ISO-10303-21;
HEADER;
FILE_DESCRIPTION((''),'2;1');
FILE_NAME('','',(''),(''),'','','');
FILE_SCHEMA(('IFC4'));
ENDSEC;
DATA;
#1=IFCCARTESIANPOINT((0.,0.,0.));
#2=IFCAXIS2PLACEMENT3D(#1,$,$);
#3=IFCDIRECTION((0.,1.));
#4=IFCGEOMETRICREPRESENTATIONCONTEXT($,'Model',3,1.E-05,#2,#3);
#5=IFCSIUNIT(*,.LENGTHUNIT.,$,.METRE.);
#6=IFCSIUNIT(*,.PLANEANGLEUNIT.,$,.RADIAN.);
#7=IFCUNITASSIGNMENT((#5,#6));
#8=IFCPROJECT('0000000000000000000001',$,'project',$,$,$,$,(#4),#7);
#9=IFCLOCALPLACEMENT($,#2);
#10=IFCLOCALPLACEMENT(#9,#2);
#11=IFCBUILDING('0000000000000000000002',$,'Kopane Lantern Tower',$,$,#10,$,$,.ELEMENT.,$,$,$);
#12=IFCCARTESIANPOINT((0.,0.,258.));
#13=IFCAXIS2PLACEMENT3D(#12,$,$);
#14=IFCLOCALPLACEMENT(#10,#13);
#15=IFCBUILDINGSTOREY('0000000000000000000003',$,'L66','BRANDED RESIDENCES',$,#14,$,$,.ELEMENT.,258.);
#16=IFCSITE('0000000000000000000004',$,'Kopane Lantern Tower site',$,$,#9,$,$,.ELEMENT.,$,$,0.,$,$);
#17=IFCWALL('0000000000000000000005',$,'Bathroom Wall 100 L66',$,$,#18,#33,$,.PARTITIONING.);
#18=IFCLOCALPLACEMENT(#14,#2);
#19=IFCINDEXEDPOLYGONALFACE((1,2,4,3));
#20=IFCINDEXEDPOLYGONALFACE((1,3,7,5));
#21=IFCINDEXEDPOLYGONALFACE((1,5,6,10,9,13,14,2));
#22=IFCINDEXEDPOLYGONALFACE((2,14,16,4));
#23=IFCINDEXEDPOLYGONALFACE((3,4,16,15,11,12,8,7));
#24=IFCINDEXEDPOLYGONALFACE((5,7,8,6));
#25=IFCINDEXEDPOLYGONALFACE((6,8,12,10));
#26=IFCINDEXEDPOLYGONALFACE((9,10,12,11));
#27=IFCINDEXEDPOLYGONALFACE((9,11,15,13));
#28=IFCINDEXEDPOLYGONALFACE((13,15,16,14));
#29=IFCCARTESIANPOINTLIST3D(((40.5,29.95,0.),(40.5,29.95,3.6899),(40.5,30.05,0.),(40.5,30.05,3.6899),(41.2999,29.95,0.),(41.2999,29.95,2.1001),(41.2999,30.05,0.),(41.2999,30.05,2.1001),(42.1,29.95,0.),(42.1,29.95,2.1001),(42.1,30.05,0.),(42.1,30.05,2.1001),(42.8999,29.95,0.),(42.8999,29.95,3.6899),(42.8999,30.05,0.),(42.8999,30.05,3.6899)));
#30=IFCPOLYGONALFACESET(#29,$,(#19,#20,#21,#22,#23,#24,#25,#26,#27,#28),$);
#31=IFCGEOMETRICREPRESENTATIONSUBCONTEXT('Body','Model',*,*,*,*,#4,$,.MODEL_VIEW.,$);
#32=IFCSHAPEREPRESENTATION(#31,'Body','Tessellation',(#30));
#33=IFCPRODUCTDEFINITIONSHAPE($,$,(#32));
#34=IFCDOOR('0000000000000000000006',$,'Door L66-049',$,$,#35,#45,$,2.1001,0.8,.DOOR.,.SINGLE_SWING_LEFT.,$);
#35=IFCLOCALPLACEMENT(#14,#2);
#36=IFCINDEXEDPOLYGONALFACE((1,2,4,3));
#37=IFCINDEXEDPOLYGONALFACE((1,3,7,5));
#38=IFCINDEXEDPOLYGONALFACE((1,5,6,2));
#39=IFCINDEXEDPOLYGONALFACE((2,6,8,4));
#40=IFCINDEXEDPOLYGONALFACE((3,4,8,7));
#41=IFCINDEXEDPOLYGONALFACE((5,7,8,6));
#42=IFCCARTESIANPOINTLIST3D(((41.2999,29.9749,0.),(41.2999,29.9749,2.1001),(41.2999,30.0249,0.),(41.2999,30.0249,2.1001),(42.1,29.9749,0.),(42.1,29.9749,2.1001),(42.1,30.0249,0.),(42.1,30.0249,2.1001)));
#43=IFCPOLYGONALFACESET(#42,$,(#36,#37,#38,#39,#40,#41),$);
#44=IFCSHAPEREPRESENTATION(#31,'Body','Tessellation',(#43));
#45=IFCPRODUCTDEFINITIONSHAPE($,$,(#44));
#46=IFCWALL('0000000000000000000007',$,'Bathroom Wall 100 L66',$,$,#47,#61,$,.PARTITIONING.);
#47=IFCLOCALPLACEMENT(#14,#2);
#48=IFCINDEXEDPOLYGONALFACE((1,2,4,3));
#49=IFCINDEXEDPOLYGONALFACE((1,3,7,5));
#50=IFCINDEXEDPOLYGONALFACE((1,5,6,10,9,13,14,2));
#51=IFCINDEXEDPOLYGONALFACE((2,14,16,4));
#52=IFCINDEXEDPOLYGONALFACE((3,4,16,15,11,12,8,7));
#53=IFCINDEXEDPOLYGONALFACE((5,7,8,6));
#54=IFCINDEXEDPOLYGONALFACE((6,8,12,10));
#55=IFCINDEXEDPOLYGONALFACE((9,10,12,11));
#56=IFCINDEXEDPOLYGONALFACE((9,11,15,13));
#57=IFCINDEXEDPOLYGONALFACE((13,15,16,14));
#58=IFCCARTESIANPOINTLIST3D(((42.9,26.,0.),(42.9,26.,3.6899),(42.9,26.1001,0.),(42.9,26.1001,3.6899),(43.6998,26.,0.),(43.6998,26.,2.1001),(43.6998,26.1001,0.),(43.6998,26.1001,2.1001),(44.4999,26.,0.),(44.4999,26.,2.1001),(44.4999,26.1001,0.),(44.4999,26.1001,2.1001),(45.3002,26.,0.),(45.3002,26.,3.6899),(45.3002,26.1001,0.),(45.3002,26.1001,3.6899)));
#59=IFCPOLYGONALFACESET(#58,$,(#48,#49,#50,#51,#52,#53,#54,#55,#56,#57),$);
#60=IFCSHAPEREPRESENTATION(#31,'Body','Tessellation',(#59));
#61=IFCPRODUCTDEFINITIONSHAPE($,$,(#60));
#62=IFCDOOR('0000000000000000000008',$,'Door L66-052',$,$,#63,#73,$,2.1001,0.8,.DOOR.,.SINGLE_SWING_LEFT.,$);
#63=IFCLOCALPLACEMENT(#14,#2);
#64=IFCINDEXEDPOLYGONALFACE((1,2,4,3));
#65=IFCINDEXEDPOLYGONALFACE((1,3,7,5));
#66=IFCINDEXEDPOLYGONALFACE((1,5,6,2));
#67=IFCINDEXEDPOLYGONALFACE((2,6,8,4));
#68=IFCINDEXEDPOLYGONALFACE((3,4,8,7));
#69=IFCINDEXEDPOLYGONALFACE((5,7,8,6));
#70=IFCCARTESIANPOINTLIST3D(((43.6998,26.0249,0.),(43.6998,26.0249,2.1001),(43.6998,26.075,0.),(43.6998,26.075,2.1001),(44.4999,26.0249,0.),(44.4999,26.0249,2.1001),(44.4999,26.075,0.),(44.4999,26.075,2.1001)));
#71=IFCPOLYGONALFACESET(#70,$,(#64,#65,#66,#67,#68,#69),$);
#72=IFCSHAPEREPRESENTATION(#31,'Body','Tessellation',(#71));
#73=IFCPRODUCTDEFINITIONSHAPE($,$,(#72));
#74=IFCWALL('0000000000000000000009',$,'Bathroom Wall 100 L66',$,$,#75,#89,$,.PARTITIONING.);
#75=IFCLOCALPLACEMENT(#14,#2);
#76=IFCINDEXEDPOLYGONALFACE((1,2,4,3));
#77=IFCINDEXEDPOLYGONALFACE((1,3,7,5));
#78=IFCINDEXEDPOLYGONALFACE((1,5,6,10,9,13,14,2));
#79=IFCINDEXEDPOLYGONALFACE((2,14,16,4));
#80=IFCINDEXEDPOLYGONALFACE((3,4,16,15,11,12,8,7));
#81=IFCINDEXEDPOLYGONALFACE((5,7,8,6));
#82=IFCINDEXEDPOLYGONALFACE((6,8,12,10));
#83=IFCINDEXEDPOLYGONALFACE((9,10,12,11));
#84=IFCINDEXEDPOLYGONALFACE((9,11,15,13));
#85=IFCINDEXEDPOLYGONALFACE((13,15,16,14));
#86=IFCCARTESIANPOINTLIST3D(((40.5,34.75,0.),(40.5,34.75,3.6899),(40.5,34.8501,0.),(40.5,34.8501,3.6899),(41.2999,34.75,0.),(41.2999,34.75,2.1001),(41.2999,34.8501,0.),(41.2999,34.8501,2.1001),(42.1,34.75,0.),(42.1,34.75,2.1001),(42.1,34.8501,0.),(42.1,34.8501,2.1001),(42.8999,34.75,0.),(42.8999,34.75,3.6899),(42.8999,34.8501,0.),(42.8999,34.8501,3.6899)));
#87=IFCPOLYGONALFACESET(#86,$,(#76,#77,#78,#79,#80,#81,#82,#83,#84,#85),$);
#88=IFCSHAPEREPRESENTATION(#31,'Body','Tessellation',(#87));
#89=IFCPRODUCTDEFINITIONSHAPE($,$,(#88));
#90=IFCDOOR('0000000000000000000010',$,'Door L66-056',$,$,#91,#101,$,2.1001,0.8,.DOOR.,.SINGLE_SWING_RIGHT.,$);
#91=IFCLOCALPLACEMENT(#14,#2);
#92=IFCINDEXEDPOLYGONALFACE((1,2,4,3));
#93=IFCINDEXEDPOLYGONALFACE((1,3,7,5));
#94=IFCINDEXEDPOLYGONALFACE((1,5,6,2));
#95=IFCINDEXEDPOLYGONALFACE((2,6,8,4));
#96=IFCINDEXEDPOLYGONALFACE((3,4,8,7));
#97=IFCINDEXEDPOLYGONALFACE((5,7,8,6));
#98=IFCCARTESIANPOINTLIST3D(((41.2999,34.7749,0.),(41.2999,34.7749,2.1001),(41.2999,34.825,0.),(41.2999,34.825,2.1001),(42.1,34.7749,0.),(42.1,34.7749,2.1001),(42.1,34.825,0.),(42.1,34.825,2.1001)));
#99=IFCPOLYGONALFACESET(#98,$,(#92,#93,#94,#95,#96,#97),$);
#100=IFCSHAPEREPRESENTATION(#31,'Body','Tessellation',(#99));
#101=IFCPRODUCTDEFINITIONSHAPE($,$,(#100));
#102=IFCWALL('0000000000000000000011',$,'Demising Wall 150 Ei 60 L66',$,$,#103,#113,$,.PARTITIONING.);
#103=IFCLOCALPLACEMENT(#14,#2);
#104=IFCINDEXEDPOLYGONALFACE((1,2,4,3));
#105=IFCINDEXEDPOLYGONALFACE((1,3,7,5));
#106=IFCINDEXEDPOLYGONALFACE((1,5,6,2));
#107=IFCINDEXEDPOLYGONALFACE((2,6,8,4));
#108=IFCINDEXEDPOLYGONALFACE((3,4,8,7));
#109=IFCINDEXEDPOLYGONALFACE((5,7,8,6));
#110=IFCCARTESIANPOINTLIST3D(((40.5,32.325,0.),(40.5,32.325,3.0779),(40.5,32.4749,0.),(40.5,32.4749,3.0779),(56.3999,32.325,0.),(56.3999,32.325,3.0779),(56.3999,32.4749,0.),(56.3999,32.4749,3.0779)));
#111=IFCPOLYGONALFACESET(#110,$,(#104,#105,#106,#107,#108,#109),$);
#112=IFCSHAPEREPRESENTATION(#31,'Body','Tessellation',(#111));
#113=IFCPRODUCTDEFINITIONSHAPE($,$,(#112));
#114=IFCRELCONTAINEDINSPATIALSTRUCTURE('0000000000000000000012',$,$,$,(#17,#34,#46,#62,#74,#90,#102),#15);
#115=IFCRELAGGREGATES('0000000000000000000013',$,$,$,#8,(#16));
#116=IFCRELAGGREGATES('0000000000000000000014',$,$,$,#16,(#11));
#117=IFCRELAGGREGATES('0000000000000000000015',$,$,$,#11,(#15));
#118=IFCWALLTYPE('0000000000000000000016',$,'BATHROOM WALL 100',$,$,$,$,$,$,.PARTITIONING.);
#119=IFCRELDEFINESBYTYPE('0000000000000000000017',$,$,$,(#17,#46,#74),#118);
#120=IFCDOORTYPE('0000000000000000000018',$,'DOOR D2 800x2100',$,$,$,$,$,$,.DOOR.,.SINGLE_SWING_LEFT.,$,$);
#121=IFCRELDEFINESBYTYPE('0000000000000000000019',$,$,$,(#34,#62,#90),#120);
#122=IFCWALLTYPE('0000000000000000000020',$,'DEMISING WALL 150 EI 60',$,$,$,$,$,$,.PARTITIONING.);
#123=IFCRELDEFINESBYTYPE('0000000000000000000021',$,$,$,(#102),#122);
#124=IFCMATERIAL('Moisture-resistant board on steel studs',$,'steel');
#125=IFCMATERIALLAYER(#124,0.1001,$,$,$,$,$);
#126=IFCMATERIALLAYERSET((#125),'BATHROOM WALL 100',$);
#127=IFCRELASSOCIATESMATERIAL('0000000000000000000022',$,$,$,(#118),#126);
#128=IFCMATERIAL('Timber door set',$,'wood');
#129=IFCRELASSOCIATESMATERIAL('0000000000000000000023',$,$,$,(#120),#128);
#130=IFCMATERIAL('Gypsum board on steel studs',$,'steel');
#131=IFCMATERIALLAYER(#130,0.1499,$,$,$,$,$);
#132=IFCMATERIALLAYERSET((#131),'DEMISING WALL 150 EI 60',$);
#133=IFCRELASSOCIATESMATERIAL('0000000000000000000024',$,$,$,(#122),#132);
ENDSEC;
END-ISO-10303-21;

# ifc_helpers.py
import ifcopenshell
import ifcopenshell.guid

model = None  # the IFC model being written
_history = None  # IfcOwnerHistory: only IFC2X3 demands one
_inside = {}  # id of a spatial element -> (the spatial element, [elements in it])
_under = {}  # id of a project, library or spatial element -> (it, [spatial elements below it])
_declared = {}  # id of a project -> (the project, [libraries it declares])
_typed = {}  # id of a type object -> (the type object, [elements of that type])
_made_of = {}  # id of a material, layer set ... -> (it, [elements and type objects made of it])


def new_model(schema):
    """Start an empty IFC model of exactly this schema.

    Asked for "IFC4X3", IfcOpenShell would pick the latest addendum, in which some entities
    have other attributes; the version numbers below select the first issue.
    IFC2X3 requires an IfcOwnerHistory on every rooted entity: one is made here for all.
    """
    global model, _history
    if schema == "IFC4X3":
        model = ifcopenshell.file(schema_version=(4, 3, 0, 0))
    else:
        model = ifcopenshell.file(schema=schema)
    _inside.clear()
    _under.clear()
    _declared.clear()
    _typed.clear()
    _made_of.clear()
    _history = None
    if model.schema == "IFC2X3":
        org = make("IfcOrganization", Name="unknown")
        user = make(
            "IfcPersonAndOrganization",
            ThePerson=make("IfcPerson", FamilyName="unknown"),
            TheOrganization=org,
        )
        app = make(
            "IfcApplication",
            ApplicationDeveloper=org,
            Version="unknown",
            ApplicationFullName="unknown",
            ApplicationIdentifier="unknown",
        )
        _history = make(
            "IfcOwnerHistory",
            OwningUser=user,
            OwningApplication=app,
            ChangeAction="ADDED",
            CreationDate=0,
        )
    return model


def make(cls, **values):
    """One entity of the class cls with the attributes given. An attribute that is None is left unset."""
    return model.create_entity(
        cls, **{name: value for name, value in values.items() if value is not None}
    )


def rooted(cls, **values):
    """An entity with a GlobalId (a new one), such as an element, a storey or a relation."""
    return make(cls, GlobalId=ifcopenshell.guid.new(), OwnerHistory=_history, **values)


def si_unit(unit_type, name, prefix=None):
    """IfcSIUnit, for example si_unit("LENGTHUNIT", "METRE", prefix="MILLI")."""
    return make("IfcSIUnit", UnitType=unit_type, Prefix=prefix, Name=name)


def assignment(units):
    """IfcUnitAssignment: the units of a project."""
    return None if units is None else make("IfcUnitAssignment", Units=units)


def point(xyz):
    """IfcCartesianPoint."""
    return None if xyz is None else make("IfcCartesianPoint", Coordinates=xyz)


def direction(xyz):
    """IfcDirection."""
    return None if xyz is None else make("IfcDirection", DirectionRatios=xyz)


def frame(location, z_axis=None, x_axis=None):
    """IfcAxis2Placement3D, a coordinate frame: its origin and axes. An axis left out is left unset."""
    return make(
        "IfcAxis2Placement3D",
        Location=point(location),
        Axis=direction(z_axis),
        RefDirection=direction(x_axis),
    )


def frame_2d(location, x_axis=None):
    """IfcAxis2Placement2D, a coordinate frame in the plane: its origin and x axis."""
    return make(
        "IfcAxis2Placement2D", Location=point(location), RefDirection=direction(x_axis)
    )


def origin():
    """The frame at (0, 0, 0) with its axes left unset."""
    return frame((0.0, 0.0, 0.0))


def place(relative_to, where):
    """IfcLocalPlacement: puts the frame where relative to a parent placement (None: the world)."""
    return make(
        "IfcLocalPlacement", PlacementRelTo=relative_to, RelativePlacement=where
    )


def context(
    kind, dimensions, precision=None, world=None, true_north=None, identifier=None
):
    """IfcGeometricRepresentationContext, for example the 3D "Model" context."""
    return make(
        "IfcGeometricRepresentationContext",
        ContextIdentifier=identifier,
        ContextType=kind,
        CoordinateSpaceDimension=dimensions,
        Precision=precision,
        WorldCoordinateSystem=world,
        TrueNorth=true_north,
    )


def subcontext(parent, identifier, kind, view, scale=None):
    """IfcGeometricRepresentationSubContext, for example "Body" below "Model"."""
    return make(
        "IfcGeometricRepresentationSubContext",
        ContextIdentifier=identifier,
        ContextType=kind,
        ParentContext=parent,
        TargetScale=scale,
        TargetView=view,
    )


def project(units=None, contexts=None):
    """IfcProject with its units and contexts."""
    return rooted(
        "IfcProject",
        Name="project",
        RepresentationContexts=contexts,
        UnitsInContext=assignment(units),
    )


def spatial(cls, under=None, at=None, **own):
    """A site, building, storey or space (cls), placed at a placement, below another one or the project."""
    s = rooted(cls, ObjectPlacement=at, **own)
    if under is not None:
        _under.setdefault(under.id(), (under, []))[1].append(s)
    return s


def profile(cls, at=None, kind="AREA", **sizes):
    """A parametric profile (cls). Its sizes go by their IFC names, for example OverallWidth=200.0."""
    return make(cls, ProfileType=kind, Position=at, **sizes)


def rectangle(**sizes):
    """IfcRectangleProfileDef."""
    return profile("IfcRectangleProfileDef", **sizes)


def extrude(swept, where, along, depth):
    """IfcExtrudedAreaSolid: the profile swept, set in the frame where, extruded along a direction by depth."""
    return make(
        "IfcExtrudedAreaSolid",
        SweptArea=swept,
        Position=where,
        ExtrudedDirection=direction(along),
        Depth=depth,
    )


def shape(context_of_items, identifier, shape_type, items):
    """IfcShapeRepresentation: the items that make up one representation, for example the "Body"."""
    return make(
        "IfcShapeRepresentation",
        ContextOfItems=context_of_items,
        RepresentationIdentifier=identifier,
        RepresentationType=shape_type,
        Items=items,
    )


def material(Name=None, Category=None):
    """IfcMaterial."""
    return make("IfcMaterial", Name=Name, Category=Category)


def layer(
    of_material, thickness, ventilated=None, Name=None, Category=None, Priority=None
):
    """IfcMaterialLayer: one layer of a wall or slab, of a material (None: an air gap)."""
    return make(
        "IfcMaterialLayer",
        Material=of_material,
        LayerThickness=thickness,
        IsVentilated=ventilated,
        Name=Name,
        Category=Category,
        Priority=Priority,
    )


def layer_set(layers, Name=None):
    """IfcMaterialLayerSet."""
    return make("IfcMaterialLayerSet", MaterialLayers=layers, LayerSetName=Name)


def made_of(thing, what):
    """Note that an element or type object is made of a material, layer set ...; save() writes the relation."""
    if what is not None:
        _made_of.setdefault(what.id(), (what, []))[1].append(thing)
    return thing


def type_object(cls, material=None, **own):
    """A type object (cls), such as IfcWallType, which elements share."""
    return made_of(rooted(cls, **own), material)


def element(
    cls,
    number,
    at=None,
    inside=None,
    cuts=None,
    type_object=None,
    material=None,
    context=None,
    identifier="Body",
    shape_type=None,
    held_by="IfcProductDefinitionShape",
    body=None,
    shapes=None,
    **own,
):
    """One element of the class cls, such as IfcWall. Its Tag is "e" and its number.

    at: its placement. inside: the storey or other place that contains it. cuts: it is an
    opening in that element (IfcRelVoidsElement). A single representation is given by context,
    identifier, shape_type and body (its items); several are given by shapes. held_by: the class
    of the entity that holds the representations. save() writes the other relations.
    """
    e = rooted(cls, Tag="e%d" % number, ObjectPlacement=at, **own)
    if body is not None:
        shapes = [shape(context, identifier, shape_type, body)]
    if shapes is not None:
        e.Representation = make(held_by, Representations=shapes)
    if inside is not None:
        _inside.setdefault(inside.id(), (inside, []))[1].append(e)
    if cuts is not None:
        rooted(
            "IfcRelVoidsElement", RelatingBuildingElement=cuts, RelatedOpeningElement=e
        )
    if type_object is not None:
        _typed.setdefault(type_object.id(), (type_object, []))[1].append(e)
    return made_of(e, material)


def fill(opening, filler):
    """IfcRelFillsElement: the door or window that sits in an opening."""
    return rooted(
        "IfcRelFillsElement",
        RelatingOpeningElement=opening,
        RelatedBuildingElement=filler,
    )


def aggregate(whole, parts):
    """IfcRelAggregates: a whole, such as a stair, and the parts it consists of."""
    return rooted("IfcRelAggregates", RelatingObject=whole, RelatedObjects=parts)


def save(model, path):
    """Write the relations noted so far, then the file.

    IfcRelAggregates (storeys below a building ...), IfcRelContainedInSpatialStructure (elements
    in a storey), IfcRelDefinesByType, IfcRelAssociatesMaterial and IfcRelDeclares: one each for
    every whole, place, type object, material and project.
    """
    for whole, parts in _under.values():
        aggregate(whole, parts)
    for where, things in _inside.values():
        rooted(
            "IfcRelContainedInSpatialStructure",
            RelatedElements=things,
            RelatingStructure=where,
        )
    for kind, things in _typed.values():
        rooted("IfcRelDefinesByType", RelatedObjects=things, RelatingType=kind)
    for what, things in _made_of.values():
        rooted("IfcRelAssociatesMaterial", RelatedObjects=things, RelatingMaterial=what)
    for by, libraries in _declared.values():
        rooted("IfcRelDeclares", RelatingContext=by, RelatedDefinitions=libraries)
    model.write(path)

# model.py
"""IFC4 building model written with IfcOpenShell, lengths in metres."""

from ifc_helpers import new_model, si_unit, direction, frame, frame_2d, origin, place, context, subcontext, project, spatial, rectangle, extrude, material, layer, layer_set, type_object, element, fill, save


model = new_model("IFC4")

# Units and contexts
model_context = context("Model", 3, precision=1e-05, world=origin(), true_north=direction((0.0, 1.0)))
body_context = subcontext(model_context, "Body", "Model", "MODEL_VIEW")
ifc_project = project(units=[si_unit("LENGTHUNIT", "METRE"), si_unit("PLANEANGLEUNIT", "RADIAN")], contexts=[model_context])

# Site, building, storey
site_placement = place(None, origin())
site = spatial("IfcSite", under=ifc_project, at=site_placement, Name="Kopane Lantern Tower site", CompositionType="ELEMENT", RefElevation=0.0)
building_placement = place(site_placement, origin())
building = spatial("IfcBuilding", under=site, at=building_placement, Name="Kopane Lantern Tower", CompositionType="ELEMENT")
storey_placement = place(building_placement, frame((0.0, 0.0, 258.0)))
storey = spatial("IfcBuildingStorey", under=building, at=storey_placement, Name="L66", Description="BRANDED RESIDENCES", CompositionType="ELEMENT", Elevation=258.0)

# Walls, openings, doors
ifc_material_1 = material(Name="Moisture-resistant board on steel studs", Category="steel")
ifc_layer_1 = layer(ifc_material_1, 0.1001)
ifc_layer_set_1 = layer_set([ifc_layer_1], Name="BATHROOM WALL 100")
wall_type_1 = type_object("IfcWallType", Name="BATHROOM WALL 100", PredefinedType="PARTITIONING", material=ifc_layer_set_1)
wall_1_placement = place(storey_placement, frame((40.5, 30.0, 0.0), z_axis=(0.0, 0.0, 1.0), x_axis=(1.0, 0.0, 0.0)))
wall_1 = element("IfcWall", 1, at=wall_1_placement, inside=storey, type_object=wall_type_1, Name="Bathroom Wall 100 L66", PredefinedType="PARTITIONING", context=body_context, shape_type="SweptSolid", body=[
    extrude(rectangle(XDim=2.3999, YDim=0.1001, at=frame_2d((1.2, 0.0))), origin(), (0.0, 0.0, 1.0), 3.6899),
])
opening_1_placement = place(wall_1_placement, frame((0.8, 0.0, 0.0)))
opening_1 = element("IfcOpeningElement", 2, at=opening_1_placement, cuts=wall_1, PredefinedType="OPENING", context=body_context, shape_type="SweptSolid", body=[
    extrude(rectangle(XDim=0.8, YDim=2.1001, at=frame_2d((0.3999, 1.05))), frame((0.0, 0.0601, 0.0), z_axis=(0.0, -1.0, 0.0), x_axis=(1.0, 0.0, 0.0)), (0.0, 0.0, 1.0), 0.1201),
])
ifc_material_2 = material(Name="Timber door set", Category="wood")
door_type = type_object("IfcDoorType", Name="DOOR D2 800x2100", OperationType="SINGLE_SWING_LEFT", PredefinedType="DOOR", material=ifc_material_2)
door_1_placement = place(opening_1_placement, origin())
door_1 = element("IfcDoor", 3, at=door_1_placement, inside=storey, type_object=door_type, Name="Door L66-049", OperationType="SINGLE_SWING_LEFT", OverallHeight=2.1001, OverallWidth=0.8, PredefinedType="DOOR", context=body_context, shape_type="SweptSolid", body=[
    extrude(rectangle(XDim=0.8, YDim=2.1001, at=frame_2d((0.3999, 1.05))), frame((0.0, 0.0249, 0.0), z_axis=(0.0, -1.0, 0.0), x_axis=(1.0, 0.0, 0.0)), (0.0, 0.0, 1.0), 0.05),
])
fill(opening_1, door_1)
wall_2_placement = place(storey_placement, frame((42.8999, 26.05, 0.0), z_axis=(0.0, 0.0, 1.0), x_axis=(1.0, 0.0, 0.0)))
wall_2 = element("IfcWall", 4, at=wall_2_placement, inside=storey, type_object=wall_type_1, Name="Bathroom Wall 100 L66", PredefinedType="PARTITIONING", context=body_context, shape_type="SweptSolid", body=[
    extrude(rectangle(XDim=2.4001, YDim=0.1001, at=frame_2d((1.2002, 0.0))), origin(), (0.0, 0.0, 1.0), 3.6899),
])
opening_2_placement = place(wall_2_placement, frame((0.8, 0.0, 0.0)))
opening_2 = element("IfcOpeningElement", 5, at=opening_2_placement, cuts=wall_2, PredefinedType="OPENING", context=body_context, shape_type="SweptSolid", body=[
    extrude(rectangle(XDim=0.8, YDim=2.1001, at=frame_2d((0.3999, 1.05))), frame((0.0, 0.0601, 0.0), z_axis=(0.0, -1.0, 0.0), x_axis=(1.0, 0.0, 0.0)), (0.0, 0.0, 1.0), 0.1201),
])
door_2_placement = place(opening_2_placement, origin())
door_2 = element("IfcDoor", 6, at=door_2_placement, inside=storey, type_object=door_type, Name="Door L66-052", OperationType="SINGLE_SWING_LEFT", OverallHeight=2.1001, OverallWidth=0.8, PredefinedType="DOOR", context=body_context, shape_type="SweptSolid", body=[
    extrude(rectangle(XDim=0.8, YDim=2.1001, at=frame_2d((0.3999, 1.05))), frame((0.0, 0.0249, 0.0), z_axis=(0.0, -1.0, 0.0), x_axis=(1.0, 0.0, 0.0)), (0.0, 0.0, 1.0), 0.05),
])
fill(opening_2, door_2)
wall_3_placement = place(storey_placement, frame((40.5, 34.8, 0.0), z_axis=(0.0, 0.0, 1.0), x_axis=(1.0, 0.0, 0.0)))
wall_3 = element("IfcWall", 7, at=wall_3_placement, inside=storey, type_object=wall_type_1, Name="Bathroom Wall 100 L66", PredefinedType="PARTITIONING", context=body_context, shape_type="SweptSolid", body=[
    extrude(rectangle(XDim=2.3999, YDim=0.1001, at=frame_2d((1.2, 0.0))), origin(), (0.0, 0.0, 1.0), 3.6899),
])
opening_3_placement = place(wall_3_placement, frame((0.8, 0.0, 0.0)))
opening_3 = element("IfcOpeningElement", 8, at=opening_3_placement, cuts=wall_3, PredefinedType="OPENING", context=body_context, shape_type="SweptSolid", body=[
    extrude(rectangle(XDim=0.8, YDim=2.1001, at=frame_2d((0.3999, 1.05))), frame((0.0, 0.0601, 0.0), z_axis=(0.0, -1.0, 0.0), x_axis=(1.0, 0.0, 0.0)), (0.0, 0.0, 1.0), 0.1201),
])
door_3_placement = place(opening_3_placement, origin())
door_3 = element("IfcDoor", 9, at=door_3_placement, inside=storey, type_object=door_type, Name="Door L66-056", OperationType="SINGLE_SWING_RIGHT", OverallHeight=2.1001, OverallWidth=0.8, PredefinedType="DOOR", context=body_context, shape_type="SweptSolid", body=[
    extrude(rectangle(XDim=0.8, YDim=2.1001, at=frame_2d((0.3999, 1.05))), frame((0.0, 0.0249, 0.0), z_axis=(0.0, -1.0, 0.0), x_axis=(1.0, 0.0, 0.0)), (0.0, 0.0, 1.0), 0.05),
])
fill(opening_3, door_3)

# Wall
ifc_material_3 = material(Name="Gypsum board on steel studs", Category="steel")
ifc_layer_2 = layer(ifc_material_3, 0.1499)
ifc_layer_set_2 = layer_set([ifc_layer_2], Name="DEMISING WALL 150 EI 60")
wall_type_2 = type_object("IfcWallType", Name="DEMISING WALL 150 EI 60", PredefinedType="PARTITIONING", material=ifc_layer_set_2)
wall_4_placement = place(storey_placement, frame((40.5, 32.3999, 0.0), z_axis=(0.0, 0.0, 1.0), x_axis=(1.0, 0.0, 0.0)))
element("IfcWall", 10, at=wall_4_placement, inside=storey, type_object=wall_type_2, Name="Demising Wall 150 Ei 60 L66", PredefinedType="PARTITIONING", context=body_context, shape_type="SweptSolid", body=[
    extrude(rectangle(XDim=15.8999, YDim=0.1499, at=frame_2d((7.95, 0.0))), origin(), (0.0, 0.0, 1.0), 3.0779),
])

save(model, "model.ifc")
